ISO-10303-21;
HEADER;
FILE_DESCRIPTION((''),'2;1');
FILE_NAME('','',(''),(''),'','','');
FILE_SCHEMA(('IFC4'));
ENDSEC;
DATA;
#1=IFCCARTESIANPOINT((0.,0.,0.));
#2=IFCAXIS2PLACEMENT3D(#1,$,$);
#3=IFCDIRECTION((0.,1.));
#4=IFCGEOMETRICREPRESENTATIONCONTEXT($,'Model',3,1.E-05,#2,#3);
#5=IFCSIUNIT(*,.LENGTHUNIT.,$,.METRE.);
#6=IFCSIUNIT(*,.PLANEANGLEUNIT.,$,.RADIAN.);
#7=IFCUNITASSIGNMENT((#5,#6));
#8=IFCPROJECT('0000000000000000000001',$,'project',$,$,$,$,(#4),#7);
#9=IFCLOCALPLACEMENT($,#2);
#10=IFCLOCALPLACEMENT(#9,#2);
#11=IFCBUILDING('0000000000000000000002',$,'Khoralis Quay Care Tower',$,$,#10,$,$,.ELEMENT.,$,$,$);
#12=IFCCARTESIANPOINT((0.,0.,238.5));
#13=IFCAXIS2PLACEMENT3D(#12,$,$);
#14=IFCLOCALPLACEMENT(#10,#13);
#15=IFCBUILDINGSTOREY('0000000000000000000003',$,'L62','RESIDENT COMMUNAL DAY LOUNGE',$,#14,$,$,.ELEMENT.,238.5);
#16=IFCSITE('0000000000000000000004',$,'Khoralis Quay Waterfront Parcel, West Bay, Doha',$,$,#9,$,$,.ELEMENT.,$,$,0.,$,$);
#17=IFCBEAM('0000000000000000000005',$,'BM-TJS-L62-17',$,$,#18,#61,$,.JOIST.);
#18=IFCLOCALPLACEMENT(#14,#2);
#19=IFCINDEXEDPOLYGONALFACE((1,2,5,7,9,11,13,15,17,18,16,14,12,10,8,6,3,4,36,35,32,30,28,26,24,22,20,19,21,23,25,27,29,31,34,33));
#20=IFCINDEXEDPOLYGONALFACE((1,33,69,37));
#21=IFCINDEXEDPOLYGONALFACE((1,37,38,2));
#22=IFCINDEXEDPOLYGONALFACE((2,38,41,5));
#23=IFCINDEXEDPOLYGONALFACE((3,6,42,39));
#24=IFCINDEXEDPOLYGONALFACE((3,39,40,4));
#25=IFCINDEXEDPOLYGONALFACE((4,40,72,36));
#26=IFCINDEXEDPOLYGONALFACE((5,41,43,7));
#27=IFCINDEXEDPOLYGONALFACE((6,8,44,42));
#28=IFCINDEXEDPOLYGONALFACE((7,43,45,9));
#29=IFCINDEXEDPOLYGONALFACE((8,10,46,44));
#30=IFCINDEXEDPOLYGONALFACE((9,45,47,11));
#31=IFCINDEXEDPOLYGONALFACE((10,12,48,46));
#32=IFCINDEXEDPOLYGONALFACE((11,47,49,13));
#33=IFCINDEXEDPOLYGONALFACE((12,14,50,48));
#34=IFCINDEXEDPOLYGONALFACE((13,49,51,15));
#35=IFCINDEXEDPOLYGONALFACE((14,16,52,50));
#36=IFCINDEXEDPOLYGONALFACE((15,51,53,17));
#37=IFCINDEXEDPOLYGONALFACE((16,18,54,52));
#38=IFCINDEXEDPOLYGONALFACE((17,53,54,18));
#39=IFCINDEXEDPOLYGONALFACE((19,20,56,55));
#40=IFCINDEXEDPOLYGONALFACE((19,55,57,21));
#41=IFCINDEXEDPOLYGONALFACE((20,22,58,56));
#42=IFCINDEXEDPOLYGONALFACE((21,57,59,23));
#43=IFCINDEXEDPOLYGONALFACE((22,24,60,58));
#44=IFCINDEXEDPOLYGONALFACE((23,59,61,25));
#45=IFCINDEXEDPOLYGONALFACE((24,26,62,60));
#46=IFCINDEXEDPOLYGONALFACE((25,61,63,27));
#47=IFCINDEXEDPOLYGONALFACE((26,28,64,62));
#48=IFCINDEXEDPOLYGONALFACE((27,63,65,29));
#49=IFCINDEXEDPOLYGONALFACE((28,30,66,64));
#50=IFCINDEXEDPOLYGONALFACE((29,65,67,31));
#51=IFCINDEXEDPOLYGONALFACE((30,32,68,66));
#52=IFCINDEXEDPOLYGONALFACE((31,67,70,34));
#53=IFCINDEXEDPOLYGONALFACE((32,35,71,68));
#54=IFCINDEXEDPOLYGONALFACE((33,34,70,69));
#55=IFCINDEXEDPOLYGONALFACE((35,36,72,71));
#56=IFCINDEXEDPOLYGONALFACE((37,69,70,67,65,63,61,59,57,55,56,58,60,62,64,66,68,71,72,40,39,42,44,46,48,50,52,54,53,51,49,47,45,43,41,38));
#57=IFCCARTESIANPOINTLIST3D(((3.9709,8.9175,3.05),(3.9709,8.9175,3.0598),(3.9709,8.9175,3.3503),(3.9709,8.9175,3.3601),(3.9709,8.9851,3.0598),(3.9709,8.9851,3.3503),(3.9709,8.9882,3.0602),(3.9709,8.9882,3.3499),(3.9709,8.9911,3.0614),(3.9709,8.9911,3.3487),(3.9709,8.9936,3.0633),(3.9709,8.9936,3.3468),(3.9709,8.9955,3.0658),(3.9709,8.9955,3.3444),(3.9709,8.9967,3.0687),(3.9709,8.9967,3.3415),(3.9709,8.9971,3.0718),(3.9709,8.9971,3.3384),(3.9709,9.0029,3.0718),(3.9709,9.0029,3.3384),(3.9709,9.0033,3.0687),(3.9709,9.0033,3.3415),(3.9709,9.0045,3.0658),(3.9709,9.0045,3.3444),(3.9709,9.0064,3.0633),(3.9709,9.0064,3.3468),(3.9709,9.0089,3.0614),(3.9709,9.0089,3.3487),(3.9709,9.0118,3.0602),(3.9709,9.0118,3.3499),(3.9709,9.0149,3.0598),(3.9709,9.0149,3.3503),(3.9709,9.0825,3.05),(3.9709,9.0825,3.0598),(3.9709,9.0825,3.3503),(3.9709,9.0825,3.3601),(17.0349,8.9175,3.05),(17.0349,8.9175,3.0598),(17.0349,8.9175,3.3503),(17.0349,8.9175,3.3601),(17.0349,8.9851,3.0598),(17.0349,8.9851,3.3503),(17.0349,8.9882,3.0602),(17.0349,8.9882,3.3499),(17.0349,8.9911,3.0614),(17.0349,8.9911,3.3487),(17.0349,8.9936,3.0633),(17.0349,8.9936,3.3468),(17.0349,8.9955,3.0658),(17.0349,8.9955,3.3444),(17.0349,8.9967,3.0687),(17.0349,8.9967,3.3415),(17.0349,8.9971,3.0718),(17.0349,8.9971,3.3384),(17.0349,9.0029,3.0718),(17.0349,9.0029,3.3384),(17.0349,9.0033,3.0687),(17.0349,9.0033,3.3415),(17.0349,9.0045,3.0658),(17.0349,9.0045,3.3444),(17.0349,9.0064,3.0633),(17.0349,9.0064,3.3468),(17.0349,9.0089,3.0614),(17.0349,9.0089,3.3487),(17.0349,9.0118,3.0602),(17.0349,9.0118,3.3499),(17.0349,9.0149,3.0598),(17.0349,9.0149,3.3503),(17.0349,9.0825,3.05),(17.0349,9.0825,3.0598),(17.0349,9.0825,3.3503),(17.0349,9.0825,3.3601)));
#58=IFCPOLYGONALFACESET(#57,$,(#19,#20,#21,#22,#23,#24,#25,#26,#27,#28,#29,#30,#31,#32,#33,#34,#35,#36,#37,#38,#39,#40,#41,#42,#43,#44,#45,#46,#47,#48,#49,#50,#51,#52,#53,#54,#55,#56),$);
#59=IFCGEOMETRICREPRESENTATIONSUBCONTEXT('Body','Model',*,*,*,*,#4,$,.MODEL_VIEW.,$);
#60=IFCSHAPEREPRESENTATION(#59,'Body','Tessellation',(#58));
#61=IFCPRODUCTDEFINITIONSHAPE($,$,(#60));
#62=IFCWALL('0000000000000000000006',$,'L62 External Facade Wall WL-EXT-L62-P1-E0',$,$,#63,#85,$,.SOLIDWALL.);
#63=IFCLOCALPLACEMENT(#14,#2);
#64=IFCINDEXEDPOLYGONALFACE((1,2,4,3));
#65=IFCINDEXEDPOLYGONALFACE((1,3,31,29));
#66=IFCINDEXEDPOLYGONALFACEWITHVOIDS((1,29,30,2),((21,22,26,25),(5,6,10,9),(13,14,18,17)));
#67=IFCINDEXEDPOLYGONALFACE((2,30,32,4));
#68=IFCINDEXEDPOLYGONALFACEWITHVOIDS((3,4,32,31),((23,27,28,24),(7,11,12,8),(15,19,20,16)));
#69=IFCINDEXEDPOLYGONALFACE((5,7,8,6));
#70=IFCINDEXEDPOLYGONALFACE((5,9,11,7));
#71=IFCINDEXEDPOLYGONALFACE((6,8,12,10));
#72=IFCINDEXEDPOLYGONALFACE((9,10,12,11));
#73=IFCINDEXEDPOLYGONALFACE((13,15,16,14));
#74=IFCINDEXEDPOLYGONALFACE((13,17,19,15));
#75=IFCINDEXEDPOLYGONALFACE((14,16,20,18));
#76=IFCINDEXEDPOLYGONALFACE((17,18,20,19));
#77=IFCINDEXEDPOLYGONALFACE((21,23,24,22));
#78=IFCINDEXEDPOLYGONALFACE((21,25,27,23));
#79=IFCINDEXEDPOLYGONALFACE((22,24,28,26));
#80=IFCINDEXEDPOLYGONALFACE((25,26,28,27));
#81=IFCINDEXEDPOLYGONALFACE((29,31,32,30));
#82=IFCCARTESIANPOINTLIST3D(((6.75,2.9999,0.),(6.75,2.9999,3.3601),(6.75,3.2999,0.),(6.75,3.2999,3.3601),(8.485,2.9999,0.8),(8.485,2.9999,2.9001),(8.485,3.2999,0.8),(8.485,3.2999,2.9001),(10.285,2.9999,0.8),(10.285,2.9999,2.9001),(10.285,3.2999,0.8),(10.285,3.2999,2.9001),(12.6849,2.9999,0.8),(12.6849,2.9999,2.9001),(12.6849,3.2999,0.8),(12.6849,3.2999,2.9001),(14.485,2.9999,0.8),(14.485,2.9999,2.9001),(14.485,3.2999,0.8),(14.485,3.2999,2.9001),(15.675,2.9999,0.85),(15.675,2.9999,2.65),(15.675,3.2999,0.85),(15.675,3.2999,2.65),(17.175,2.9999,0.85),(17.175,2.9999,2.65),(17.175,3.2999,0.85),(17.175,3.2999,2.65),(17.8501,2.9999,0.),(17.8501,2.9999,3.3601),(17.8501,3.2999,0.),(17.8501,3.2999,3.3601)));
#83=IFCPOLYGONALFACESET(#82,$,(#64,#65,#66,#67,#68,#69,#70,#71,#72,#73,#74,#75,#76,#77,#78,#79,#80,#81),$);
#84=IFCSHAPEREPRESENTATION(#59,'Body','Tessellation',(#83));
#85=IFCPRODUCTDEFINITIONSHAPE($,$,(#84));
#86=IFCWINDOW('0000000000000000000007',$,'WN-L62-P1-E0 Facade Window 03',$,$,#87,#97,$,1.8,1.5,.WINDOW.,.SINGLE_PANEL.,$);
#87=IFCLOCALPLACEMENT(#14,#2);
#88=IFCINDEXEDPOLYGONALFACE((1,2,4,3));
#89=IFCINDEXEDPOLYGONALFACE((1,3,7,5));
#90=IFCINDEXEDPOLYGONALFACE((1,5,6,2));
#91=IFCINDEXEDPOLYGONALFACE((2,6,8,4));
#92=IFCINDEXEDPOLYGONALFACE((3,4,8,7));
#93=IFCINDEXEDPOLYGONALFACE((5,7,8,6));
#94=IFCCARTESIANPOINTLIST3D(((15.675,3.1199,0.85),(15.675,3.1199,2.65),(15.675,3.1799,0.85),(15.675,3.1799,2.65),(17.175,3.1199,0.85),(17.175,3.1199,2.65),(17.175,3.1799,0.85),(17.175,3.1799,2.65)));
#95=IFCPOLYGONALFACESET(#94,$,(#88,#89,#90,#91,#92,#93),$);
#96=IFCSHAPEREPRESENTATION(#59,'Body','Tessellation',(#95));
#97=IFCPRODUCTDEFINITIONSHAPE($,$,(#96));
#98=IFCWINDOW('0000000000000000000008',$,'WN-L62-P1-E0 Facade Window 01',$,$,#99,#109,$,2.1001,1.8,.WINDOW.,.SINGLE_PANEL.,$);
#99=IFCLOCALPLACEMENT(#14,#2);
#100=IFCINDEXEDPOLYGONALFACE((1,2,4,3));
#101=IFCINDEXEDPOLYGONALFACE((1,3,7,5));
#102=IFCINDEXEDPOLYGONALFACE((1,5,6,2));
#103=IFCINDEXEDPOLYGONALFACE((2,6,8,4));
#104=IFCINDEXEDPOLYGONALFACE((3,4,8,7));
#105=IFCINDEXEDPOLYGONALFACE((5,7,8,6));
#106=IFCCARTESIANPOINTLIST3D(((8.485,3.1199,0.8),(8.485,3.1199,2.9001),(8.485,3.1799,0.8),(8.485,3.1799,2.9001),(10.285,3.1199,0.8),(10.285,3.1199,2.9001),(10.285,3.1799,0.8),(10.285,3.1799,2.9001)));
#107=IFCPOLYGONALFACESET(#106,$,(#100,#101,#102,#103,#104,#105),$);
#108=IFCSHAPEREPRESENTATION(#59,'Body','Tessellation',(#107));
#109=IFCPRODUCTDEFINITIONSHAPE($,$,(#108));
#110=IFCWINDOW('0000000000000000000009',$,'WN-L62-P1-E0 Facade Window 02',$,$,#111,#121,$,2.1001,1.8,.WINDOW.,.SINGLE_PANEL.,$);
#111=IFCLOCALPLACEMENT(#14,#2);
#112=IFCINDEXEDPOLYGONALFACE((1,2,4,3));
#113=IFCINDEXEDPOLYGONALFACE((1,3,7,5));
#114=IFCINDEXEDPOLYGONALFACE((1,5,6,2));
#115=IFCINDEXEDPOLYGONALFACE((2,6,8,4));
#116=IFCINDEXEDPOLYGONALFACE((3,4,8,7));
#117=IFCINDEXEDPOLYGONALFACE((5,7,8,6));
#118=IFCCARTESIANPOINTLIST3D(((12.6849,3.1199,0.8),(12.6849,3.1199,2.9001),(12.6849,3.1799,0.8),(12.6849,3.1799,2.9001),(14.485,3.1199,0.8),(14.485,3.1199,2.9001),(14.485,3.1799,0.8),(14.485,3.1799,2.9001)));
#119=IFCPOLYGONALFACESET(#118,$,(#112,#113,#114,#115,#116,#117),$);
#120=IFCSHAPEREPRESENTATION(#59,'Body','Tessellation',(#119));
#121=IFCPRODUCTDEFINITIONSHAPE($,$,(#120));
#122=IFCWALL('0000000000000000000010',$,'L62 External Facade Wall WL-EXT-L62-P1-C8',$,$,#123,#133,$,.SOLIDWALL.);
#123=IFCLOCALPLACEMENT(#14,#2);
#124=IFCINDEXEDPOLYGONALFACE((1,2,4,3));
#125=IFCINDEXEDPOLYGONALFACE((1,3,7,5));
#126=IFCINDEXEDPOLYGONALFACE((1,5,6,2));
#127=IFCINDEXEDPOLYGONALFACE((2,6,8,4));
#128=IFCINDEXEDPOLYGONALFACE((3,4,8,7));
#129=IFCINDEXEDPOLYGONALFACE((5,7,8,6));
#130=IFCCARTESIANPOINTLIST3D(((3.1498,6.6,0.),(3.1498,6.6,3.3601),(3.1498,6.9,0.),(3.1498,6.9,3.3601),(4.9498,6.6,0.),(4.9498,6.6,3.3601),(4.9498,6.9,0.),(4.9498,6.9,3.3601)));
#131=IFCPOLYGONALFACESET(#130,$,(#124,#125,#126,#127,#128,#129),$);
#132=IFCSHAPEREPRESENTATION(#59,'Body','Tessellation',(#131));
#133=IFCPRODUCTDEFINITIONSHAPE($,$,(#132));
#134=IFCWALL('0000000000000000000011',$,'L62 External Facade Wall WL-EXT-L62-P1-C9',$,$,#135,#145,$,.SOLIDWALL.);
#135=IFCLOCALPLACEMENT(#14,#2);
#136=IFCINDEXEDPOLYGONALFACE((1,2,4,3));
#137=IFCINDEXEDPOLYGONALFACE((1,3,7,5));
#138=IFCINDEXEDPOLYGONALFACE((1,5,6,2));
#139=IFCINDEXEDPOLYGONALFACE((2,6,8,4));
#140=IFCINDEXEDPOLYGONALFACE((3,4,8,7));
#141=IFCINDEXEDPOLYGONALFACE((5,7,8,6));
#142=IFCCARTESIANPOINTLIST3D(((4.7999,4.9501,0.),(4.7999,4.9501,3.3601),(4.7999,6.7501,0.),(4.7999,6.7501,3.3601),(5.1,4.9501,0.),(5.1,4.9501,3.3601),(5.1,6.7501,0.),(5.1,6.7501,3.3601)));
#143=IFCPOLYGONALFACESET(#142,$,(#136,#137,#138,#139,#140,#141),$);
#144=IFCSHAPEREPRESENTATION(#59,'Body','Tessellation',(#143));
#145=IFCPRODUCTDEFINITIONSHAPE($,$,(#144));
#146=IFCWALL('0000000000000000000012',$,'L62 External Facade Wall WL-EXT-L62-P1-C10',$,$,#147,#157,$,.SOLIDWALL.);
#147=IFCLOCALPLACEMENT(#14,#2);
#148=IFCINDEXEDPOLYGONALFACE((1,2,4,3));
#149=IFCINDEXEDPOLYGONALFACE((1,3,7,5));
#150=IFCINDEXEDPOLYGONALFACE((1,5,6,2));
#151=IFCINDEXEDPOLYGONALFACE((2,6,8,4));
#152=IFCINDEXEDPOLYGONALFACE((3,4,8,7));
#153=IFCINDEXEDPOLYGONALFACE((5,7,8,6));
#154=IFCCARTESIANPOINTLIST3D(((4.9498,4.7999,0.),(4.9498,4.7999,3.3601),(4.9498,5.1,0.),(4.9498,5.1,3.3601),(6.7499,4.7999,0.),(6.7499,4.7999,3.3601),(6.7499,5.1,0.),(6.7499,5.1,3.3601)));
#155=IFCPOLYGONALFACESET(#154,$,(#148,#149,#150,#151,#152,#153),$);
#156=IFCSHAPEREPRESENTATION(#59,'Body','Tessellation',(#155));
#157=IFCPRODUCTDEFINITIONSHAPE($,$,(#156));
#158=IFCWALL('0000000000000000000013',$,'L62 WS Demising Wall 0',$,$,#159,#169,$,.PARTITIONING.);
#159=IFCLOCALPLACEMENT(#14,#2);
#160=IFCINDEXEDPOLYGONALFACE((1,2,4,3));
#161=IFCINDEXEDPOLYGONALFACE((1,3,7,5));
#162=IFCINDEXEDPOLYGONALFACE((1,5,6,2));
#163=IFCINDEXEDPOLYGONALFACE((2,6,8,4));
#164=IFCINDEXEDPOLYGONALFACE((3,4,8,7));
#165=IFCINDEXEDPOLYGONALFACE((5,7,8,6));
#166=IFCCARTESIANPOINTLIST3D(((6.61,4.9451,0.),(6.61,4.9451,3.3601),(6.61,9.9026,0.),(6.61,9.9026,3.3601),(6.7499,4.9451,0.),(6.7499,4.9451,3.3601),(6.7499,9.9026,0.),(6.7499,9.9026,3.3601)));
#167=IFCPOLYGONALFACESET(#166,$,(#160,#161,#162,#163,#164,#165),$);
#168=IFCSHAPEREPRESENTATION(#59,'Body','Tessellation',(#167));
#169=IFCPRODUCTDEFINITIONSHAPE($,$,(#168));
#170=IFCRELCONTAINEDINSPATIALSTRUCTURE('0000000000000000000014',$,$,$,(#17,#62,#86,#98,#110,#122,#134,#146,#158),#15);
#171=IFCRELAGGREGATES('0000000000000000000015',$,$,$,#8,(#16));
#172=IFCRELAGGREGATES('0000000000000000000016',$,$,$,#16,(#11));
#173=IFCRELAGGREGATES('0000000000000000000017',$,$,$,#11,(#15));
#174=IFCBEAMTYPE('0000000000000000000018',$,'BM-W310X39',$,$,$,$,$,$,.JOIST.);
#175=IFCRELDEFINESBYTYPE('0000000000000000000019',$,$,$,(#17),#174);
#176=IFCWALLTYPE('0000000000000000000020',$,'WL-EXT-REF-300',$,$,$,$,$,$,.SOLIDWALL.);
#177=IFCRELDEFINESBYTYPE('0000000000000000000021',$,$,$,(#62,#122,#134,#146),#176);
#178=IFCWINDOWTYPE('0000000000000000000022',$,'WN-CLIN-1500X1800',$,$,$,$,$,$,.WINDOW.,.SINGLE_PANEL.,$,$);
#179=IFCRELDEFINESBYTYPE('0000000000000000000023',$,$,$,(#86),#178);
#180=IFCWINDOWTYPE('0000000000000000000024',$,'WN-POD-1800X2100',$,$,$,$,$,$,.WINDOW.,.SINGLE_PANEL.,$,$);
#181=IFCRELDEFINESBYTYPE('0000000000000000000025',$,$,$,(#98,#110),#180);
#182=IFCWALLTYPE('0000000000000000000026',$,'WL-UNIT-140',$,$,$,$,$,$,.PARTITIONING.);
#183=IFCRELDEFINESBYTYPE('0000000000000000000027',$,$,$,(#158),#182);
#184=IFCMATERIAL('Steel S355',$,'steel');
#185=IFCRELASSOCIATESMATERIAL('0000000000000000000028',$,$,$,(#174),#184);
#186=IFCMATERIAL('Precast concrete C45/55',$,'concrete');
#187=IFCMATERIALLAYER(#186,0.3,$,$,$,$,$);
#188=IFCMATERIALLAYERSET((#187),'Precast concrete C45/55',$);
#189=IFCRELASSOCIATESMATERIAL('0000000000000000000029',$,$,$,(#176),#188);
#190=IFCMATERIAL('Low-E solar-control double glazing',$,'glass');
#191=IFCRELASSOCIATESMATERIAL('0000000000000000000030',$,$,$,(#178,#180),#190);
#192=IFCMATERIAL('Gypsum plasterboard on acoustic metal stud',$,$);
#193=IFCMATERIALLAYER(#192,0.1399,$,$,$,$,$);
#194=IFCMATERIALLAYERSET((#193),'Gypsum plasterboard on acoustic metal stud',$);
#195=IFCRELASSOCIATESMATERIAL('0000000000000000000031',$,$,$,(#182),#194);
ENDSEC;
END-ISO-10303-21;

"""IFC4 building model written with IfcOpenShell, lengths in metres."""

from ifc_helpers import new_model, si_unit, direction, frame, frame_2d, origin, origin_2d, place, context, subcontext, project, spatial, rectangle, i_section, extrude, source, transform, mapped, material, layer, layer_set, material_profile, profile_set, type_object, element, fill, save


model = new_model("IFC4")

# Units and contexts
model_context = context("Model", 3, precision=1e-05, world=origin(), true_north=direction((0.0, 1.0)))
body_context = subcontext(model_context, "Body", "Model", "MODEL_VIEW")
ifc_project = project(units=[si_unit("LENGTHUNIT", "METRE"), si_unit("PLANEANGLEUNIT", "RADIAN")], contexts=[model_context])

# Site, building, storey
site_placement = place(None, origin())
site = spatial("IfcSite", under=ifc_project, at=site_placement, Name="Khoralis Quay Waterfront Parcel, West Bay, Doha", CompositionType="ELEMENT", RefElevation=0.0)
building_placement = place(site_placement, origin())
building = spatial("IfcBuilding", under=site, at=building_placement, Name="Khoralis Quay Care Tower", CompositionType="ELEMENT")
storey_placement = place(building_placement, frame((0.0, 0.0, 238.5)))
storey = spatial("IfcBuildingStorey", under=building, at=storey_placement, Name="L62", Description="RESIDENT COMMUNAL DAY LOUNGE", CompositionType="ELEMENT", Elevation=238.5)

# Beam
ifc_material_1 = material(Name="Steel S355", Category="steel")
ifc_material_profile = material_profile(ifc_material_1, i_section(OverallWidth=0.165, OverallDepth=0.3101, WebThickness=0.0059, FlangeThickness=0.0098, FilletRadius=0.012, at=origin_2d()), Name="Steel S355")
ifc_profile_set = profile_set([ifc_material_profile], Name="Steel S355")
beam_type = type_object("IfcBeamType", Name="BM-W310X39", PredefinedType="JOIST", material=ifc_profile_set)
shared_shape_1 = source(origin(), body_context, "Body", "SweptSolid", [
    extrude(i_section(OverallWidth=0.165, OverallDepth=0.3101, WebThickness=0.0059, FlangeThickness=0.0098, FilletRadius=0.012, at=origin_2d()), origin(), (0.0, 0.0, 1.0), 13.064),
])
beam_placement = place(storey_placement, frame((3.9709, 9.0, 3.2051), z_axis=(1.0, 0.0, 0.0), x_axis=(0.0, 1.0, 0.0)))
element("IfcBeam", 1, at=beam_placement, inside=storey, type_object=beam_type, Name="BM-TJS-L62-17", PredefinedType="JOIST", context=body_context, shape_type="MappedRepresentation", body=[
    mapped(shared_shape_1, transform((0.0, 0.0, 0.0), scale=1.0)),
])

# Wall, openings, windows
ifc_material_2 = material(Name="Precast concrete C45/55", Category="concrete")
ifc_layer_1 = layer(ifc_material_2, 0.3)
ifc_layer_set_1 = layer_set([ifc_layer_1], Name="Precast concrete C45/55")
wall_type_1 = type_object("IfcWallType", Name="WL-EXT-REF-300", PredefinedType="SOLIDWALL", material=ifc_layer_set_1)
wall_1_placement = place(storey_placement, frame((6.75, 3.1499, 0.0), z_axis=(0.0, 0.0, 1.0), x_axis=(1.0, 0.0, 0.0)))
wall_1 = element("IfcWall", 2, at=wall_1_placement, inside=storey, type_object=wall_type_1, Name="L62 External Facade Wall WL-EXT-L62-P1-E0", PredefinedType="SOLIDWALL", context=body_context, shape_type="SweptSolid", body=[
    extrude(rectangle(XDim=11.1001, YDim=0.3, at=frame_2d((5.55, 0.0))), origin(), (0.0, 0.0, 1.0), 3.3601),
])
opening_1_placement = place(wall_1_placement, frame((1.7351, 0.0, 0.8)))
opening_1 = element("IfcOpeningElement", 3, at=opening_1_placement, cuts=wall_1, PredefinedType="OPENING", context=body_context, shape_type="SweptSolid", body=[
    extrude(rectangle(XDim=1.8, YDim=2.1001, at=frame_2d((0.8999, 1.05))), frame((0.0, 0.1602, 0.0), z_axis=(0.0, -1.0, 0.0), x_axis=(1.0, 0.0, 0.0)), (0.0, 0.0, 1.0), 0.3201),
])
opening_2_placement = place(wall_1_placement, frame((5.9351, 0.0, 0.8)))
opening_2 = element("IfcOpeningElement", 4, at=opening_2_placement, cuts=wall_1, PredefinedType="OPENING", context=body_context, shape_type="SweptSolid", body=[
    extrude(rectangle(XDim=1.8, YDim=2.1001, at=frame_2d((0.8999, 1.05))), frame((0.0, 0.1602, 0.0), z_axis=(0.0, -1.0, 0.0), x_axis=(1.0, 0.0, 0.0)), (0.0, 0.0, 1.0), 0.3201),
])
opening_3_placement = place(wall_1_placement, frame((8.925, 0.0, 0.8501)))
opening_3 = element("IfcOpeningElement", 5, at=opening_3_placement, cuts=wall_1, PredefinedType="OPENING", context=body_context, shape_type="SweptSolid", body=[
    extrude(rectangle(XDim=1.5, YDim=1.8, at=frame_2d((0.75, 0.8999))), frame((0.0, 0.1602, 0.0), z_axis=(0.0, -1.0, 0.0), x_axis=(1.0, 0.0, 0.0)), (0.0, 0.0, 1.0), 0.3201),
])
ifc_material_3 = material(Name="Low-E solar-control double glazing", Category="glass")
window_type_1 = type_object("IfcWindowType", Name="WN-CLIN-1500X1800", PartitioningType="SINGLE_PANEL", PredefinedType="WINDOW", material=ifc_material_3)
shared_shape_2 = source(origin(), body_context, "Body", "SweptSolid", [
    extrude(rectangle(XDim=1.5, YDim=1.8, at=frame_2d((0.75, 0.8999))), frame((0.0, 0.03, 0.0), z_axis=(0.0, -1.0, 0.0), x_axis=(1.0, 0.0, 0.0)), (0.0, 0.0, 1.0), 0.0601),
])
window_1_placement = place(opening_3_placement, origin())
window_1 = element("IfcWindow", 6, at=window_1_placement, inside=storey, type_object=window_type_1, Name="WN-L62-P1-E0 Facade Window 03", OverallHeight=1.8, OverallWidth=1.5, PartitioningType="SINGLE_PANEL", PredefinedType="WINDOW", context=body_context, shape_type="MappedRepresentation", body=[
    mapped(shared_shape_2, transform((0.0, 0.0, 0.0), scale=1.0)),
])
fill(opening_3, window_1)
window_type_2 = type_object("IfcWindowType", Name="WN-POD-1800X2100", PartitioningType="SINGLE_PANEL", PredefinedType="WINDOW", material=ifc_material_3)
shared_shape_3 = source(origin(), body_context, "Body", "SweptSolid", [
    extrude(rectangle(XDim=1.8, YDim=2.1001, at=frame_2d((0.8999, 1.05))), frame((0.0, 0.03, 0.0), z_axis=(0.0, -1.0, 0.0), x_axis=(1.0, 0.0, 0.0)), (0.0, 0.0, 1.0), 0.0601),
])
window_2_placement = place(opening_1_placement, origin())
window_2 = element("IfcWindow", 7, at=window_2_placement, inside=storey, type_object=window_type_2, Name="WN-L62-P1-E0 Facade Window 01", OverallHeight=2.1001, OverallWidth=1.8, PartitioningType="SINGLE_PANEL", PredefinedType="WINDOW", context=body_context, shape_type="MappedRepresentation", body=[
    mapped(shared_shape_3, transform((0.0, 0.0, 0.0), scale=1.0)),
])
fill(opening_1, window_2)
window_3_placement = place(opening_2_placement, origin())
window_3 = element("IfcWindow", 8, at=window_3_placement, inside=storey, type_object=window_type_2, Name="WN-L62-P1-E0 Facade Window 02", OverallHeight=2.1001, OverallWidth=1.8, PartitioningType="SINGLE_PANEL", PredefinedType="WINDOW", context=body_context, shape_type="MappedRepresentation", body=[
    mapped(shared_shape_3, transform((0.0, 0.0, 0.0), scale=1.0)),
])
fill(opening_2, window_3)

# Walls
for number, where, z_axis, x_axis, name in (
    (9, (3.1499, 6.75, 0.0), (0.0, 0.0, 1.0), (1.0, 0.0, 0.0), "L62 External Facade Wall WL-EXT-L62-P1-C8"),
    (10, (4.95, 6.75, 0.0), (0.0, 0.0, 1.0), (0.0, -1.0, 0.0), "L62 External Facade Wall WL-EXT-L62-P1-C9"),
    (11, (4.95, 4.95, 0.0), (0.0, 0.0, 1.0), (1.0, 0.0, 0.0), "L62 External Facade Wall WL-EXT-L62-P1-C10"),
):
    element("IfcWall", number, at=place(storey_placement, frame(where, z_axis=z_axis, x_axis=x_axis)), inside=storey, type_object=wall_type_1, Name=name, PredefinedType="SOLIDWALL", context=body_context, shape_type="SweptSolid", body=[
        extrude(rectangle(XDim=1.8, YDim=0.3, at=frame_2d((0.8999, 0.0))), origin(), (0.0, 0.0, 1.0), 3.3601),
    ])
ifc_material_4 = material(Name="Gypsum plasterboard on acoustic metal stud")
ifc_layer_2 = layer(ifc_material_4, 0.1399)
ifc_layer_set_2 = layer_set([ifc_layer_2], Name="Gypsum plasterboard on acoustic metal stud")
wall_type_2 = type_object("IfcWallType", Name="WL-UNIT-140", PredefinedType="PARTITIONING", material=ifc_layer_set_2)
wall_2_placement = place(storey_placement, frame((6.6799, 4.9451, 0.0), z_axis=(0.0, 0.0, 1.0), x_axis=(0.0, 1.0, 0.0)))
element("IfcWall", 12, at=wall_2_placement, inside=storey, type_object=wall_type_2, Name="L62 WS Demising Wall 0", PredefinedType="PARTITIONING", context=body_context, shape_type="SweptSolid", body=[
    extrude(rectangle(XDim=4.9575, YDim=0.1399, at=frame_2d((2.4788, 0.0))), origin(), (0.0, 0.0, 1.0), 3.3601),
])

save(model, "model.ifc")
